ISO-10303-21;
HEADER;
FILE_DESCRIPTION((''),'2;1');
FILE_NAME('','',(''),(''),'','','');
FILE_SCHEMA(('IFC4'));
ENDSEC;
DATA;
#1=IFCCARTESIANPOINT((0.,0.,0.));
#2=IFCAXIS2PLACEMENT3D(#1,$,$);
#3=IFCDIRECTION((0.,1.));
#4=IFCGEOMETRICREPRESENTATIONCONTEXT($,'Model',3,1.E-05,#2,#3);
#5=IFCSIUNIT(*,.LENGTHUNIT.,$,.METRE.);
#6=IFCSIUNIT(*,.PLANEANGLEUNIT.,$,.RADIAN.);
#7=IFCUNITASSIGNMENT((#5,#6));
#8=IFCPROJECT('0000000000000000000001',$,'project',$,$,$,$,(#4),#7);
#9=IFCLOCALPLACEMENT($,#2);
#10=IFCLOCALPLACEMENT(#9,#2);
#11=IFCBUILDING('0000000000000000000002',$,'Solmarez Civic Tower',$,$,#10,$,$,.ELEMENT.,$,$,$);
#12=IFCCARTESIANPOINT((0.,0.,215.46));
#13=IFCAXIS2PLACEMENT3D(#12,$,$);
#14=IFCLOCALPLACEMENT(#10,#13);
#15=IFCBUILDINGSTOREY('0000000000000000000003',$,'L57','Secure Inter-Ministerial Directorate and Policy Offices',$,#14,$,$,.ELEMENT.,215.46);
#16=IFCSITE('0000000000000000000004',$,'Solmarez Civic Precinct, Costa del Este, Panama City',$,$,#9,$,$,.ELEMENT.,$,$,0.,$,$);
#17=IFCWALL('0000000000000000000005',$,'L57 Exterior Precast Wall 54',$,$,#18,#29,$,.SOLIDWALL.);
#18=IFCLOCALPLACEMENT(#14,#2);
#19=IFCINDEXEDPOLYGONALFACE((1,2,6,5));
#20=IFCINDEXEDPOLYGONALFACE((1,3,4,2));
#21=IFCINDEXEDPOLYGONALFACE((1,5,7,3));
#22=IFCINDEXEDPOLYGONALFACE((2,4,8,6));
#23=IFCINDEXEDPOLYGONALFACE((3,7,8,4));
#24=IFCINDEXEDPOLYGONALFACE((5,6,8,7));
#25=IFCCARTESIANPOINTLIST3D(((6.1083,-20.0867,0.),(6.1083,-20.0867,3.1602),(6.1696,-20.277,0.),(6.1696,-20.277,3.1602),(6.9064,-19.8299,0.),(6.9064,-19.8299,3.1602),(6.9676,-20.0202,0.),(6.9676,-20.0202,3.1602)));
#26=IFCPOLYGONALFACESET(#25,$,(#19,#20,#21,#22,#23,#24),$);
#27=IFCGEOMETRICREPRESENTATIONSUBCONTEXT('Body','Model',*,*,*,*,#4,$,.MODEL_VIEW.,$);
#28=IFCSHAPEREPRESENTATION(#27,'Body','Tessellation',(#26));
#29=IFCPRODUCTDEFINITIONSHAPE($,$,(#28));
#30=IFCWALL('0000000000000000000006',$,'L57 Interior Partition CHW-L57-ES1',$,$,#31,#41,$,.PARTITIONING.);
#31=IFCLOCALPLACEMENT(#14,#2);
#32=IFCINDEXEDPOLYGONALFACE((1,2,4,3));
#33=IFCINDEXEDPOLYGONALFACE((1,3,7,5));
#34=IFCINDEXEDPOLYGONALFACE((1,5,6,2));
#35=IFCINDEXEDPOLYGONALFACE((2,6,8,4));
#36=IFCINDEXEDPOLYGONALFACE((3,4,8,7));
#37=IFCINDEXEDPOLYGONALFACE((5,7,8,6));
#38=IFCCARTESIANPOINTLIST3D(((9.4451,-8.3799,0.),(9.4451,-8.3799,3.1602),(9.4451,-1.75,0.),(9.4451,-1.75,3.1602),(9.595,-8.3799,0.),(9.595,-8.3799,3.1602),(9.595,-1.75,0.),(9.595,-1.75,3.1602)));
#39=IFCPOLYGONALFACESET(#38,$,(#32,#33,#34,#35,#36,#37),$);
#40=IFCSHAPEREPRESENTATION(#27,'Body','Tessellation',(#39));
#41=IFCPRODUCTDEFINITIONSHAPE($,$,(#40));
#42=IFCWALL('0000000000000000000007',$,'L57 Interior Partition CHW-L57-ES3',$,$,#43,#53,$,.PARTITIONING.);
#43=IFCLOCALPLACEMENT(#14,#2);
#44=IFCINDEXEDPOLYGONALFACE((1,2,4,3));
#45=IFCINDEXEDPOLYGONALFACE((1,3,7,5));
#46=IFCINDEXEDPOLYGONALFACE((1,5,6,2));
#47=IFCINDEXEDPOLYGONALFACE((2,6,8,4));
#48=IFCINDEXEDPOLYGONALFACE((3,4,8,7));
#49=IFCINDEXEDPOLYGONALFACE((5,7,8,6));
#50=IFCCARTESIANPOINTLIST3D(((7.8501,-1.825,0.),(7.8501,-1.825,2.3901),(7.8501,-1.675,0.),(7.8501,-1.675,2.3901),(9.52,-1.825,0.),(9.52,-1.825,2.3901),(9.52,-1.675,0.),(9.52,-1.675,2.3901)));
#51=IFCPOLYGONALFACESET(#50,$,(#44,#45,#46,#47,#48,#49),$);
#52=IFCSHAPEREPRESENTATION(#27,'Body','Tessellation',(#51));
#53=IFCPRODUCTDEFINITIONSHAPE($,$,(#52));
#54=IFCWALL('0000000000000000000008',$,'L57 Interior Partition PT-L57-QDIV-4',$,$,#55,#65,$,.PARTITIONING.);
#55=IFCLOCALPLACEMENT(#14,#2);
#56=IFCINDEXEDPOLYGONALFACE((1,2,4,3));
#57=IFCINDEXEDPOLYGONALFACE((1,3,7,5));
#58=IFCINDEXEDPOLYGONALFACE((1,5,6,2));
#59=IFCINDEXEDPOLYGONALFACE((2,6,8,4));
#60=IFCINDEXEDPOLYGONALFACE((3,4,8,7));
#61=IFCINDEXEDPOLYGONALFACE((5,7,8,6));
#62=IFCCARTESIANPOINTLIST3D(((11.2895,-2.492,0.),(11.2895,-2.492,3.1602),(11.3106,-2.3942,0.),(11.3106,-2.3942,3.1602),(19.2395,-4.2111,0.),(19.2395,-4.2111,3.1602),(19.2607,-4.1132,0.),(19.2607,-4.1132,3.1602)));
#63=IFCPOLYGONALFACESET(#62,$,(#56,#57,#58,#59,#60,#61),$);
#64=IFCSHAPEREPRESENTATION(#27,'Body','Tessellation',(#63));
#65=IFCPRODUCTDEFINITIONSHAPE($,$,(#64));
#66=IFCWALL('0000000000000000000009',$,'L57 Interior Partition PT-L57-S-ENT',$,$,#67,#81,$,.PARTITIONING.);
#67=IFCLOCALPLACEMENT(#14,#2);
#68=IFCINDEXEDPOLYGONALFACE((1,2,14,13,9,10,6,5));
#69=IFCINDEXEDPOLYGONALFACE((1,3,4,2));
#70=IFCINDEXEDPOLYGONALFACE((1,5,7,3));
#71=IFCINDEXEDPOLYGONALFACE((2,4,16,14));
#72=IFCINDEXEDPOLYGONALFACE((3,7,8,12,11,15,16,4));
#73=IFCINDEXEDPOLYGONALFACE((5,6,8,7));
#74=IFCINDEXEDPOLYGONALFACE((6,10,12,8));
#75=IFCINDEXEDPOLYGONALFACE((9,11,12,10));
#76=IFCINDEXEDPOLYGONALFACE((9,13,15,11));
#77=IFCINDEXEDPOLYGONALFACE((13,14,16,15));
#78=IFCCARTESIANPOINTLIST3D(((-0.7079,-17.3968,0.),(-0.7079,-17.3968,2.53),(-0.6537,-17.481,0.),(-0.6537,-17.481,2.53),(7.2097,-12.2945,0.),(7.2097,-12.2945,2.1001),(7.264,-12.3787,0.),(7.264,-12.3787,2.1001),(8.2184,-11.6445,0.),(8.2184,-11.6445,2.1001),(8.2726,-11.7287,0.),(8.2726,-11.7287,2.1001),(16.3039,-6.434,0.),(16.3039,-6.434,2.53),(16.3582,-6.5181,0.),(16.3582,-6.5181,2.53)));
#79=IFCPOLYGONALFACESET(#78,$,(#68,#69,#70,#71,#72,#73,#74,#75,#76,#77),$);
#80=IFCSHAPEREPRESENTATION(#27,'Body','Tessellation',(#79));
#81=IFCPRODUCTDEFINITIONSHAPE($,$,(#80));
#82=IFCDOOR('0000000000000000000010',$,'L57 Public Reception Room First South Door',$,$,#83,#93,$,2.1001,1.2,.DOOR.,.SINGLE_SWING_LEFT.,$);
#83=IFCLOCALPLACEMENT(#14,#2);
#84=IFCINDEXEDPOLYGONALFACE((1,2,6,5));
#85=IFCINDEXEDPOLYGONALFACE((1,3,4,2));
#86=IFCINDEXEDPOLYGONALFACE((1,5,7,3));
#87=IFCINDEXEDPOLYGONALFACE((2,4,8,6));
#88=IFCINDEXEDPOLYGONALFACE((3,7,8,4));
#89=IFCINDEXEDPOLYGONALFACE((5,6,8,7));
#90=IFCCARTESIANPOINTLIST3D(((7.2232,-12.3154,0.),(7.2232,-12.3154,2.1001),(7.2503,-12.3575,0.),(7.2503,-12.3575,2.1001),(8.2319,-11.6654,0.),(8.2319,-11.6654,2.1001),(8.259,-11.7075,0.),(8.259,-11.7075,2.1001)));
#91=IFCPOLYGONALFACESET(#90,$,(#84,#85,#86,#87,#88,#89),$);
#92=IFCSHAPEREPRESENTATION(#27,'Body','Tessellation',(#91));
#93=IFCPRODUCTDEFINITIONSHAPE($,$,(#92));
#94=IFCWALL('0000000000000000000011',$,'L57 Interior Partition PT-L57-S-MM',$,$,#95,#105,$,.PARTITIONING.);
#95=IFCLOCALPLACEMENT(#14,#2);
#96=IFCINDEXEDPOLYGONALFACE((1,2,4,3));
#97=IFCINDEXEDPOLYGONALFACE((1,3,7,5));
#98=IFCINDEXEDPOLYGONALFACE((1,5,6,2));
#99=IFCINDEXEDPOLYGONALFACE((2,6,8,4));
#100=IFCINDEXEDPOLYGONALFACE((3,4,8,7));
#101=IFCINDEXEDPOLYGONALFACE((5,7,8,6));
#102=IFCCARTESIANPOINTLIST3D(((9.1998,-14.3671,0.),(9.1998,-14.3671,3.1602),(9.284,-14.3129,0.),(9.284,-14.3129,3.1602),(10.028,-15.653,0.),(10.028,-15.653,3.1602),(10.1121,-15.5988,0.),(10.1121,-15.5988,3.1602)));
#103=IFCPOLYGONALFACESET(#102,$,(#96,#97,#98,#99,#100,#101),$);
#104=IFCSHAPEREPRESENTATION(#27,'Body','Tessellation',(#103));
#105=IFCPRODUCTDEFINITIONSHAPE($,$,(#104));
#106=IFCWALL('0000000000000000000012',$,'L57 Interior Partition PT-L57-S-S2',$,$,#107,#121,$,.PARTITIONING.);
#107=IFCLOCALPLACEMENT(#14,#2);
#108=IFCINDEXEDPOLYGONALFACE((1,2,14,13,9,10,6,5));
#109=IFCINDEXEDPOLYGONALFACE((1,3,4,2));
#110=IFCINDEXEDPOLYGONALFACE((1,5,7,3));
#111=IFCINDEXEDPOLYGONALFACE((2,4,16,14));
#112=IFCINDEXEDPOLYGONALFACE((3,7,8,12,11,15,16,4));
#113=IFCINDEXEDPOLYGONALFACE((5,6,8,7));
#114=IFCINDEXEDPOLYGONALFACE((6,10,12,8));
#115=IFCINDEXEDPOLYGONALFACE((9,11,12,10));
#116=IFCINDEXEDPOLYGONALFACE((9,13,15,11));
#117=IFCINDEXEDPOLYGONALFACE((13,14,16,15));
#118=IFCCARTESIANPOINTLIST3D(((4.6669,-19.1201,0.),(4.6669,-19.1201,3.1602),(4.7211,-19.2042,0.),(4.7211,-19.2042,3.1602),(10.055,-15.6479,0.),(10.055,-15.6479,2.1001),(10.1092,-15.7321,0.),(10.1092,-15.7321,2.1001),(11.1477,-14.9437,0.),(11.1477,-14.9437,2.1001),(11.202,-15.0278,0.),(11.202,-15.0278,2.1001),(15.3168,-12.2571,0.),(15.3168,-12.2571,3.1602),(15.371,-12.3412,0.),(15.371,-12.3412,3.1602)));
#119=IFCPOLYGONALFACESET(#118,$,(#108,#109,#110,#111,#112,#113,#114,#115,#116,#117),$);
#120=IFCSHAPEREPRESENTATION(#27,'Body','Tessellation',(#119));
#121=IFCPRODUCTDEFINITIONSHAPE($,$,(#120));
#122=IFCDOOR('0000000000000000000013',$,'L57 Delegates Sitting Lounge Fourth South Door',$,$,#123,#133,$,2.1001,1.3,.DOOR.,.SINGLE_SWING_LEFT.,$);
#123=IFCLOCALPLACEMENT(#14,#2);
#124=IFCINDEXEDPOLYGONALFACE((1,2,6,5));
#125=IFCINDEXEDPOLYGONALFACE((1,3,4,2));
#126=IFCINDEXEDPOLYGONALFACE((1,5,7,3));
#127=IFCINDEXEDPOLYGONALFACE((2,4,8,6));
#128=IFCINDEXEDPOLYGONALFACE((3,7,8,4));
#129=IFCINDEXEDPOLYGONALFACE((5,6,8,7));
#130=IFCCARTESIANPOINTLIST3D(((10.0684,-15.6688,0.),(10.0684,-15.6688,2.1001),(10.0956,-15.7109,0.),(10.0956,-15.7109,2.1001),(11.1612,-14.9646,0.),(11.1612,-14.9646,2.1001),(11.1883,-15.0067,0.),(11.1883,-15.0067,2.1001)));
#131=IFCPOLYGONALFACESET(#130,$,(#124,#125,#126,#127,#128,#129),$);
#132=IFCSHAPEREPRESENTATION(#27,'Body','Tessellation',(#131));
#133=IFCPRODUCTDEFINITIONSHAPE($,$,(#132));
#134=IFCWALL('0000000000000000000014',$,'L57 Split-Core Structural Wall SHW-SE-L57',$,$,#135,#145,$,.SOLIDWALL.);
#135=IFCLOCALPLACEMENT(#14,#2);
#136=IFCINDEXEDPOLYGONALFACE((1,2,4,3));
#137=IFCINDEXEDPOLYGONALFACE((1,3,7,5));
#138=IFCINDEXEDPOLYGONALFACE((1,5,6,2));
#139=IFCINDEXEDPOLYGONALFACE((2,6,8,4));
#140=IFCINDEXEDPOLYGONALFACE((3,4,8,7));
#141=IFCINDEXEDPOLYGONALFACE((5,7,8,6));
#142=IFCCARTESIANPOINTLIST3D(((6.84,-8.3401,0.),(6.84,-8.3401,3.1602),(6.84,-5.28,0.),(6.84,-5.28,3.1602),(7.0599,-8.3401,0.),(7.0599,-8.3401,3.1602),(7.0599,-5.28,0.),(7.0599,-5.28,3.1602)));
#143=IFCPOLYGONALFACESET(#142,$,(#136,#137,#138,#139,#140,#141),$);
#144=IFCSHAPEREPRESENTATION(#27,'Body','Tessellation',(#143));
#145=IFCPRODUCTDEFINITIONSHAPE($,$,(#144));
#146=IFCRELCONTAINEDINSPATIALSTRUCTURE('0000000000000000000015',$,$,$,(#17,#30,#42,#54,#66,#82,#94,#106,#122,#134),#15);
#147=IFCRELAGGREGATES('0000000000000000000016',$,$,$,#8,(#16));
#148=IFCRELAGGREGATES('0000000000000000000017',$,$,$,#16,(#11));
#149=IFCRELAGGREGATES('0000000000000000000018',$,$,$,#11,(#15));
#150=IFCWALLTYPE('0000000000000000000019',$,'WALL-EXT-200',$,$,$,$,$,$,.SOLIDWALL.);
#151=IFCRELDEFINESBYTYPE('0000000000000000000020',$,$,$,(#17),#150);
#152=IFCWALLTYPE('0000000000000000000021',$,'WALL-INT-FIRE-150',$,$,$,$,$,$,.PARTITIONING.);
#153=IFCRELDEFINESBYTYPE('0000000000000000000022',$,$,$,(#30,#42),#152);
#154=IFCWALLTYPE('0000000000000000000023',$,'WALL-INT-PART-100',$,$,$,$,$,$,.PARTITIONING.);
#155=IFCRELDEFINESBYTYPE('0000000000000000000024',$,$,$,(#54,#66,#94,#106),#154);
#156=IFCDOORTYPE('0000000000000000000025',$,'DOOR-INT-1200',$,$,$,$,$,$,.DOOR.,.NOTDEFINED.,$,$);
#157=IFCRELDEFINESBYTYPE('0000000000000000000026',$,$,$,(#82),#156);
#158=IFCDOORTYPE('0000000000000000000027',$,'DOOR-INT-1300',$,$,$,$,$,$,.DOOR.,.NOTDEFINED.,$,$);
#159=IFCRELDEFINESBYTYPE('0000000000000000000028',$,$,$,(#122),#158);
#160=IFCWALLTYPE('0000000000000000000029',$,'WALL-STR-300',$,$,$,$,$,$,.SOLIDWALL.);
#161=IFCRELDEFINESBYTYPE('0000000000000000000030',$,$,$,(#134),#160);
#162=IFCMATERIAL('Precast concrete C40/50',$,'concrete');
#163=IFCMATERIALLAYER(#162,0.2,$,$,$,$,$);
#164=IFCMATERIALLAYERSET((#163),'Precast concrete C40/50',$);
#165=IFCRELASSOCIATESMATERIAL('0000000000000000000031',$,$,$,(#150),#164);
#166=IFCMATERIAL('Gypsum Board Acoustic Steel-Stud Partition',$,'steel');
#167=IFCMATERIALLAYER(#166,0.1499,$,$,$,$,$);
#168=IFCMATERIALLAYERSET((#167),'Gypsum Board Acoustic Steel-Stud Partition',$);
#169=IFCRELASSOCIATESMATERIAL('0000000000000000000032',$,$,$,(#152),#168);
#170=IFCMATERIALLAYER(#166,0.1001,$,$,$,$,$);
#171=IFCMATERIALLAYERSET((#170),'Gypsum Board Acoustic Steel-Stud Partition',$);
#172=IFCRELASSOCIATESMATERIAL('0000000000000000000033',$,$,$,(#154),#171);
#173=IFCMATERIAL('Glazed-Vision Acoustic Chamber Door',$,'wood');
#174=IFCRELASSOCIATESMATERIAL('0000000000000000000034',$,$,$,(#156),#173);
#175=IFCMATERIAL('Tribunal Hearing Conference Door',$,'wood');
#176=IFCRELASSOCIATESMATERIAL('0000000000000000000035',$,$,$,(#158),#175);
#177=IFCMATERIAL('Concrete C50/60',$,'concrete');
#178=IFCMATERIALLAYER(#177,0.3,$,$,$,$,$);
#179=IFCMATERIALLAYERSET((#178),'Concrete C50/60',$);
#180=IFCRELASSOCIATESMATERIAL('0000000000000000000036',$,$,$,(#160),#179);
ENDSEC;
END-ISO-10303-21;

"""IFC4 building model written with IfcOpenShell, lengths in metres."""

from ifc_helpers import new_model, si_unit, direction, frame, frame_2d, origin, place, context, subcontext, project, spatial, rectangle, extrude, material, layer, layer_set, type_object, element, fill, save


model = new_model("IFC4")

# Units and contexts
model_context = context("Model", 3, precision=1e-05, world=origin(), true_north=direction((0.0, 1.0)))
body_context = subcontext(model_context, "Body", "Model", "MODEL_VIEW")
ifc_project = project(units=[si_unit("LENGTHUNIT", "METRE"), si_unit("PLANEANGLEUNIT", "RADIAN")], contexts=[model_context])

# Site, building, storey
site_placement = place(None, origin())
site = spatial("IfcSite", under=ifc_project, at=site_placement, Name="Solmarez Civic Precinct, Costa del Este, Panama City", CompositionType="ELEMENT", RefElevation=0.0)
building_placement = place(site_placement, origin())
building = spatial("IfcBuilding", under=site, at=building_placement, Name="Solmarez Civic Tower", CompositionType="ELEMENT")
storey_placement = place(building_placement, frame((0.0, 0.0, 215.46)))
storey = spatial("IfcBuildingStorey", under=building, at=storey_placement, Name="L57", Description="Secure Inter-Ministerial Directorate and Policy Offices", CompositionType="ELEMENT", Elevation=215.46)

# Shared definitions
ifc_material_1 = material(Name="Concrete C50/60", Category="concrete")

# Shared definitions
ifc_material_2 = material(Name="Precast concrete C40/50", Category="concrete")
ifc_layer_1 = layer(ifc_material_2, 0.2)
ifc_layer_set_1 = layer_set([ifc_layer_1], Name="Precast concrete C40/50")
wall_type_1 = type_object("IfcWallType", Name="WALL-EXT-200", PredefinedType="SOLIDWALL", material=ifc_layer_set_1)

# Walls
wall_1_placement = place(storey_placement, frame((6.937, -19.925, 0.0), z_axis=(0.0, 0.0, 1.0), x_axis=(-0.951922, -0.306339, 0.0)))
element("IfcWall", 1, at=wall_1_placement, inside=storey, type_object=wall_type_1, Name="L57 Exterior Precast Wall 54", PredefinedType="SOLIDWALL", context=body_context, shape_type="SweptSolid", body=[
    extrude(rectangle(XDim=0.8384, YDim=0.2, at=frame_2d((0.4192, 0.0))), origin(), (0.0, 0.0, 1.0), 3.1602),
])
ifc_material_3 = material(Name="Gypsum Board Acoustic Steel-Stud Partition", Category="steel")
ifc_layer_2 = layer(ifc_material_3, 0.1499)
ifc_layer_set_2 = layer_set([ifc_layer_2], Name="Gypsum Board Acoustic Steel-Stud Partition")
wall_type_2 = type_object("IfcWallType", Name="WALL-INT-FIRE-150", PredefinedType="PARTITIONING", material=ifc_layer_set_2)
wall_2_placement = place(storey_placement, frame((9.52, -8.3799, 0.0), z_axis=(0.0, 0.0, 1.0), x_axis=(0.0, 1.0, 0.0)))
element("IfcWall", 2, at=wall_2_placement, inside=storey, type_object=wall_type_2, Name="L57 Interior Partition CHW-L57-ES1", PredefinedType="PARTITIONING", context=body_context, shape_type="SweptSolid", body=[
    extrude(rectangle(XDim=6.6299, YDim=0.1499, at=frame_2d((3.3149, 0.0))), origin(), (0.0, 0.0, 1.0), 3.1602),
])
wall_3_placement = place(storey_placement, frame((7.8501, -1.75, 0.0), z_axis=(0.0, 0.0, 1.0), x_axis=(1.0, 0.0, 0.0)))
element("IfcWall", 3, at=wall_3_placement, inside=storey, type_object=wall_type_2, Name="L57 Interior Partition CHW-L57-ES3", PredefinedType="PARTITIONING", context=body_context, shape_type="SweptSolid", body=[
    extrude(rectangle(XDim=1.6699, YDim=0.1499, at=frame_2d((0.835, 0.0))), origin(), (0.0, 0.0, 1.0), 2.3901),
])
ifc_layer_3 = layer(ifc_material_3, 0.1001)
ifc_layer_set_3 = layer_set([ifc_layer_3], Name="Gypsum Board Acoustic Steel-Stud Partition")
wall_type_3 = type_object("IfcWallType", Name="WALL-INT-PART-100", PredefinedType="PARTITIONING", material=ifc_layer_set_3)
wall_4_placement = place(storey_placement, frame((11.3, -2.4431, 0.0), z_axis=(0.0, 0.0, 1.0), x_axis=(0.977412, -0.211343, 0.0)))
element("IfcWall", 4, at=wall_4_placement, inside=storey, type_object=wall_type_3, Name="L57 Interior Partition PT-L57-QDIV-4", PredefinedType="PARTITIONING", context=body_context, shape_type="SweptSolid", body=[
    extrude(rectangle(XDim=8.1338, YDim=0.1001, at=frame_2d((4.0669, 0.0))), origin(), (0.0, 0.0, 1.0), 3.1602),
])

# Wall, opening, door
wall_5_placement = place(storey_placement, frame((16.3311, -6.4761, 0.0), z_axis=(0.0, 0.0, 1.0), x_axis=(-0.840579, -0.541688, 0.0)))
wall_5 = element("IfcWall", 5, at=wall_5_placement, inside=storey, type_object=wall_type_3, Name="L57 Interior Partition PT-L57-S-ENT", PredefinedType="PARTITIONING", context=body_context, shape_type="SweptSolid", body=[
    extrude(rectangle(XDim=20.2383, YDim=0.1001, at=frame_2d((10.1191, 0.0))), origin(), (0.0, 0.0, 1.0), 2.53),
])
opening_1_placement = place(wall_5_placement, frame((9.6189, 0.0, 0.0)))
opening_1 = element("IfcOpeningElement", 6, at=opening_1_placement, cuts=wall_5, PredefinedType="OPENING", context=body_context, shape_type="SweptSolid", body=[
    extrude(rectangle(XDim=1.2, YDim=2.1001, at=frame_2d((0.6001, 1.05))), frame((0.0, 0.0601, 0.0), z_axis=(0.0, -1.0, 0.0), x_axis=(1.0, 0.0, 0.0)), (0.0, 0.0, 1.0), 0.1201),
])
ifc_material_4 = material(Name="Glazed-Vision Acoustic Chamber Door", Category="wood")
door_type_1 = type_object("IfcDoorType", Name="DOOR-INT-1200", OperationType="NOTDEFINED", PredefinedType="DOOR", material=ifc_material_4)
door_1_placement = place(opening_1_placement, origin())
door_1 = element("IfcDoor", 7, at=door_1_placement, inside=storey, type_object=door_type_1, Name="L57 Public Reception Room First South Door", OperationType="SINGLE_SWING_LEFT", OverallHeight=2.1001, OverallWidth=1.2, PredefinedType="DOOR", context=body_context, shape_type="SweptSolid", body=[
    extrude(rectangle(XDim=1.2, YDim=2.1001, at=frame_2d((0.6001, 1.05))), frame((0.0, 0.0249, 0.0), z_axis=(0.0, -1.0, 0.0), x_axis=(1.0, 0.0, 0.0)), (0.0, 0.0, 1.0), 0.05),
])
fill(opening_1, door_1)

# Wall
wall_6_placement = place(storey_placement, frame((9.2419, -14.3401, 0.0), z_axis=(0.0, 0.0, 1.0), x_axis=(0.541443, -0.840737, 0.0)))
element("IfcWall", 8, at=wall_6_placement, inside=storey, type_object=wall_type_3, Name="L57 Interior Partition PT-L57-S-MM", PredefinedType="PARTITIONING", context=body_context, shape_type="SweptSolid", body=[
    extrude(rectangle(XDim=1.5295, YDim=0.1001, at=frame_2d((0.7646, 0.0))), origin(), (0.0, 0.0, 1.0), 3.1602),
])

# Wall, opening, door
wall_7_placement = place(storey_placement, frame((15.344, -12.2991, 0.0), z_axis=(0.0, 0.0, 1.0), x_axis=(-0.840579, -0.541688, 0.0)))
wall_7 = element("IfcWall", 9, at=wall_7_placement, inside=storey, type_object=wall_type_3, Name="L57 Interior Partition PT-L57-S-S2", PredefinedType="PARTITIONING", context=body_context, shape_type="SweptSolid", body=[
    extrude(rectangle(XDim=12.6697, YDim=0.1001, at=frame_2d((6.335, 0.0))), origin(), (0.0, 0.0, 1.0), 3.1602),
])
opening_2_placement = place(wall_7_placement, frame((4.96, 0.0, 0.0)))
opening_2 = element("IfcOpeningElement", 10, at=opening_2_placement, cuts=wall_7, PredefinedType="OPENING", context=body_context, shape_type="SweptSolid", body=[
    extrude(rectangle(XDim=1.3, YDim=2.1001, at=frame_2d((0.6499, 1.05))), frame((0.0, 0.0601, 0.0), z_axis=(0.0, -1.0, 0.0), x_axis=(1.0, 0.0, 0.0)), (0.0, 0.0, 1.0), 0.1201),
])
ifc_material_5 = material(Name="Tribunal Hearing Conference Door", Category="wood")
door_type_2 = type_object("IfcDoorType", Name="DOOR-INT-1300", OperationType="NOTDEFINED", PredefinedType="DOOR", material=ifc_material_5)
door_2_placement = place(opening_2_placement, origin())
door_2 = element("IfcDoor", 11, at=door_2_placement, inside=storey, type_object=door_type_2, Name="L57 Delegates Sitting Lounge Fourth South Door", OperationType="SINGLE_SWING_LEFT", OverallHeight=2.1001, OverallWidth=1.3, PredefinedType="DOOR", context=body_context, shape_type="SweptSolid", body=[
    extrude(rectangle(XDim=1.3, YDim=2.1001, at=frame_2d((0.6499, 1.05))), frame((0.0, 0.0249, 0.0), z_axis=(0.0, -1.0, 0.0), x_axis=(1.0, 0.0, 0.0)), (0.0, 0.0, 1.0), 0.05),
])
fill(opening_2, door_2)

# Wall
ifc_layer_4 = layer(ifc_material_1, 0.3)
ifc_layer_set_4 = layer_set([ifc_layer_4], Name="Concrete C50/60")
wall_type_4 = type_object("IfcWallType", Name="WALL-STR-300", PredefinedType="SOLIDWALL", material=ifc_layer_set_4)
wall_8_placement = place(storey_placement, frame((6.95, -8.3401, 0.0), z_axis=(0.0, 0.0, 1.0), x_axis=(0.0, 1.0, 0.0)))
element("IfcWall", 12, at=wall_8_placement, inside=storey, type_object=wall_type_4, Name="L57 Split-Core Structural Wall SHW-SE-L57", PredefinedType="SOLIDWALL", context=body_context, shape_type="SweptSolid", body=[
    extrude(rectangle(XDim=3.0601, YDim=0.22, at=frame_2d((1.53, 0.0))), origin(), (0.0, 0.0, 1.0), 3.1602),
])

save(model, "model.ifc")
